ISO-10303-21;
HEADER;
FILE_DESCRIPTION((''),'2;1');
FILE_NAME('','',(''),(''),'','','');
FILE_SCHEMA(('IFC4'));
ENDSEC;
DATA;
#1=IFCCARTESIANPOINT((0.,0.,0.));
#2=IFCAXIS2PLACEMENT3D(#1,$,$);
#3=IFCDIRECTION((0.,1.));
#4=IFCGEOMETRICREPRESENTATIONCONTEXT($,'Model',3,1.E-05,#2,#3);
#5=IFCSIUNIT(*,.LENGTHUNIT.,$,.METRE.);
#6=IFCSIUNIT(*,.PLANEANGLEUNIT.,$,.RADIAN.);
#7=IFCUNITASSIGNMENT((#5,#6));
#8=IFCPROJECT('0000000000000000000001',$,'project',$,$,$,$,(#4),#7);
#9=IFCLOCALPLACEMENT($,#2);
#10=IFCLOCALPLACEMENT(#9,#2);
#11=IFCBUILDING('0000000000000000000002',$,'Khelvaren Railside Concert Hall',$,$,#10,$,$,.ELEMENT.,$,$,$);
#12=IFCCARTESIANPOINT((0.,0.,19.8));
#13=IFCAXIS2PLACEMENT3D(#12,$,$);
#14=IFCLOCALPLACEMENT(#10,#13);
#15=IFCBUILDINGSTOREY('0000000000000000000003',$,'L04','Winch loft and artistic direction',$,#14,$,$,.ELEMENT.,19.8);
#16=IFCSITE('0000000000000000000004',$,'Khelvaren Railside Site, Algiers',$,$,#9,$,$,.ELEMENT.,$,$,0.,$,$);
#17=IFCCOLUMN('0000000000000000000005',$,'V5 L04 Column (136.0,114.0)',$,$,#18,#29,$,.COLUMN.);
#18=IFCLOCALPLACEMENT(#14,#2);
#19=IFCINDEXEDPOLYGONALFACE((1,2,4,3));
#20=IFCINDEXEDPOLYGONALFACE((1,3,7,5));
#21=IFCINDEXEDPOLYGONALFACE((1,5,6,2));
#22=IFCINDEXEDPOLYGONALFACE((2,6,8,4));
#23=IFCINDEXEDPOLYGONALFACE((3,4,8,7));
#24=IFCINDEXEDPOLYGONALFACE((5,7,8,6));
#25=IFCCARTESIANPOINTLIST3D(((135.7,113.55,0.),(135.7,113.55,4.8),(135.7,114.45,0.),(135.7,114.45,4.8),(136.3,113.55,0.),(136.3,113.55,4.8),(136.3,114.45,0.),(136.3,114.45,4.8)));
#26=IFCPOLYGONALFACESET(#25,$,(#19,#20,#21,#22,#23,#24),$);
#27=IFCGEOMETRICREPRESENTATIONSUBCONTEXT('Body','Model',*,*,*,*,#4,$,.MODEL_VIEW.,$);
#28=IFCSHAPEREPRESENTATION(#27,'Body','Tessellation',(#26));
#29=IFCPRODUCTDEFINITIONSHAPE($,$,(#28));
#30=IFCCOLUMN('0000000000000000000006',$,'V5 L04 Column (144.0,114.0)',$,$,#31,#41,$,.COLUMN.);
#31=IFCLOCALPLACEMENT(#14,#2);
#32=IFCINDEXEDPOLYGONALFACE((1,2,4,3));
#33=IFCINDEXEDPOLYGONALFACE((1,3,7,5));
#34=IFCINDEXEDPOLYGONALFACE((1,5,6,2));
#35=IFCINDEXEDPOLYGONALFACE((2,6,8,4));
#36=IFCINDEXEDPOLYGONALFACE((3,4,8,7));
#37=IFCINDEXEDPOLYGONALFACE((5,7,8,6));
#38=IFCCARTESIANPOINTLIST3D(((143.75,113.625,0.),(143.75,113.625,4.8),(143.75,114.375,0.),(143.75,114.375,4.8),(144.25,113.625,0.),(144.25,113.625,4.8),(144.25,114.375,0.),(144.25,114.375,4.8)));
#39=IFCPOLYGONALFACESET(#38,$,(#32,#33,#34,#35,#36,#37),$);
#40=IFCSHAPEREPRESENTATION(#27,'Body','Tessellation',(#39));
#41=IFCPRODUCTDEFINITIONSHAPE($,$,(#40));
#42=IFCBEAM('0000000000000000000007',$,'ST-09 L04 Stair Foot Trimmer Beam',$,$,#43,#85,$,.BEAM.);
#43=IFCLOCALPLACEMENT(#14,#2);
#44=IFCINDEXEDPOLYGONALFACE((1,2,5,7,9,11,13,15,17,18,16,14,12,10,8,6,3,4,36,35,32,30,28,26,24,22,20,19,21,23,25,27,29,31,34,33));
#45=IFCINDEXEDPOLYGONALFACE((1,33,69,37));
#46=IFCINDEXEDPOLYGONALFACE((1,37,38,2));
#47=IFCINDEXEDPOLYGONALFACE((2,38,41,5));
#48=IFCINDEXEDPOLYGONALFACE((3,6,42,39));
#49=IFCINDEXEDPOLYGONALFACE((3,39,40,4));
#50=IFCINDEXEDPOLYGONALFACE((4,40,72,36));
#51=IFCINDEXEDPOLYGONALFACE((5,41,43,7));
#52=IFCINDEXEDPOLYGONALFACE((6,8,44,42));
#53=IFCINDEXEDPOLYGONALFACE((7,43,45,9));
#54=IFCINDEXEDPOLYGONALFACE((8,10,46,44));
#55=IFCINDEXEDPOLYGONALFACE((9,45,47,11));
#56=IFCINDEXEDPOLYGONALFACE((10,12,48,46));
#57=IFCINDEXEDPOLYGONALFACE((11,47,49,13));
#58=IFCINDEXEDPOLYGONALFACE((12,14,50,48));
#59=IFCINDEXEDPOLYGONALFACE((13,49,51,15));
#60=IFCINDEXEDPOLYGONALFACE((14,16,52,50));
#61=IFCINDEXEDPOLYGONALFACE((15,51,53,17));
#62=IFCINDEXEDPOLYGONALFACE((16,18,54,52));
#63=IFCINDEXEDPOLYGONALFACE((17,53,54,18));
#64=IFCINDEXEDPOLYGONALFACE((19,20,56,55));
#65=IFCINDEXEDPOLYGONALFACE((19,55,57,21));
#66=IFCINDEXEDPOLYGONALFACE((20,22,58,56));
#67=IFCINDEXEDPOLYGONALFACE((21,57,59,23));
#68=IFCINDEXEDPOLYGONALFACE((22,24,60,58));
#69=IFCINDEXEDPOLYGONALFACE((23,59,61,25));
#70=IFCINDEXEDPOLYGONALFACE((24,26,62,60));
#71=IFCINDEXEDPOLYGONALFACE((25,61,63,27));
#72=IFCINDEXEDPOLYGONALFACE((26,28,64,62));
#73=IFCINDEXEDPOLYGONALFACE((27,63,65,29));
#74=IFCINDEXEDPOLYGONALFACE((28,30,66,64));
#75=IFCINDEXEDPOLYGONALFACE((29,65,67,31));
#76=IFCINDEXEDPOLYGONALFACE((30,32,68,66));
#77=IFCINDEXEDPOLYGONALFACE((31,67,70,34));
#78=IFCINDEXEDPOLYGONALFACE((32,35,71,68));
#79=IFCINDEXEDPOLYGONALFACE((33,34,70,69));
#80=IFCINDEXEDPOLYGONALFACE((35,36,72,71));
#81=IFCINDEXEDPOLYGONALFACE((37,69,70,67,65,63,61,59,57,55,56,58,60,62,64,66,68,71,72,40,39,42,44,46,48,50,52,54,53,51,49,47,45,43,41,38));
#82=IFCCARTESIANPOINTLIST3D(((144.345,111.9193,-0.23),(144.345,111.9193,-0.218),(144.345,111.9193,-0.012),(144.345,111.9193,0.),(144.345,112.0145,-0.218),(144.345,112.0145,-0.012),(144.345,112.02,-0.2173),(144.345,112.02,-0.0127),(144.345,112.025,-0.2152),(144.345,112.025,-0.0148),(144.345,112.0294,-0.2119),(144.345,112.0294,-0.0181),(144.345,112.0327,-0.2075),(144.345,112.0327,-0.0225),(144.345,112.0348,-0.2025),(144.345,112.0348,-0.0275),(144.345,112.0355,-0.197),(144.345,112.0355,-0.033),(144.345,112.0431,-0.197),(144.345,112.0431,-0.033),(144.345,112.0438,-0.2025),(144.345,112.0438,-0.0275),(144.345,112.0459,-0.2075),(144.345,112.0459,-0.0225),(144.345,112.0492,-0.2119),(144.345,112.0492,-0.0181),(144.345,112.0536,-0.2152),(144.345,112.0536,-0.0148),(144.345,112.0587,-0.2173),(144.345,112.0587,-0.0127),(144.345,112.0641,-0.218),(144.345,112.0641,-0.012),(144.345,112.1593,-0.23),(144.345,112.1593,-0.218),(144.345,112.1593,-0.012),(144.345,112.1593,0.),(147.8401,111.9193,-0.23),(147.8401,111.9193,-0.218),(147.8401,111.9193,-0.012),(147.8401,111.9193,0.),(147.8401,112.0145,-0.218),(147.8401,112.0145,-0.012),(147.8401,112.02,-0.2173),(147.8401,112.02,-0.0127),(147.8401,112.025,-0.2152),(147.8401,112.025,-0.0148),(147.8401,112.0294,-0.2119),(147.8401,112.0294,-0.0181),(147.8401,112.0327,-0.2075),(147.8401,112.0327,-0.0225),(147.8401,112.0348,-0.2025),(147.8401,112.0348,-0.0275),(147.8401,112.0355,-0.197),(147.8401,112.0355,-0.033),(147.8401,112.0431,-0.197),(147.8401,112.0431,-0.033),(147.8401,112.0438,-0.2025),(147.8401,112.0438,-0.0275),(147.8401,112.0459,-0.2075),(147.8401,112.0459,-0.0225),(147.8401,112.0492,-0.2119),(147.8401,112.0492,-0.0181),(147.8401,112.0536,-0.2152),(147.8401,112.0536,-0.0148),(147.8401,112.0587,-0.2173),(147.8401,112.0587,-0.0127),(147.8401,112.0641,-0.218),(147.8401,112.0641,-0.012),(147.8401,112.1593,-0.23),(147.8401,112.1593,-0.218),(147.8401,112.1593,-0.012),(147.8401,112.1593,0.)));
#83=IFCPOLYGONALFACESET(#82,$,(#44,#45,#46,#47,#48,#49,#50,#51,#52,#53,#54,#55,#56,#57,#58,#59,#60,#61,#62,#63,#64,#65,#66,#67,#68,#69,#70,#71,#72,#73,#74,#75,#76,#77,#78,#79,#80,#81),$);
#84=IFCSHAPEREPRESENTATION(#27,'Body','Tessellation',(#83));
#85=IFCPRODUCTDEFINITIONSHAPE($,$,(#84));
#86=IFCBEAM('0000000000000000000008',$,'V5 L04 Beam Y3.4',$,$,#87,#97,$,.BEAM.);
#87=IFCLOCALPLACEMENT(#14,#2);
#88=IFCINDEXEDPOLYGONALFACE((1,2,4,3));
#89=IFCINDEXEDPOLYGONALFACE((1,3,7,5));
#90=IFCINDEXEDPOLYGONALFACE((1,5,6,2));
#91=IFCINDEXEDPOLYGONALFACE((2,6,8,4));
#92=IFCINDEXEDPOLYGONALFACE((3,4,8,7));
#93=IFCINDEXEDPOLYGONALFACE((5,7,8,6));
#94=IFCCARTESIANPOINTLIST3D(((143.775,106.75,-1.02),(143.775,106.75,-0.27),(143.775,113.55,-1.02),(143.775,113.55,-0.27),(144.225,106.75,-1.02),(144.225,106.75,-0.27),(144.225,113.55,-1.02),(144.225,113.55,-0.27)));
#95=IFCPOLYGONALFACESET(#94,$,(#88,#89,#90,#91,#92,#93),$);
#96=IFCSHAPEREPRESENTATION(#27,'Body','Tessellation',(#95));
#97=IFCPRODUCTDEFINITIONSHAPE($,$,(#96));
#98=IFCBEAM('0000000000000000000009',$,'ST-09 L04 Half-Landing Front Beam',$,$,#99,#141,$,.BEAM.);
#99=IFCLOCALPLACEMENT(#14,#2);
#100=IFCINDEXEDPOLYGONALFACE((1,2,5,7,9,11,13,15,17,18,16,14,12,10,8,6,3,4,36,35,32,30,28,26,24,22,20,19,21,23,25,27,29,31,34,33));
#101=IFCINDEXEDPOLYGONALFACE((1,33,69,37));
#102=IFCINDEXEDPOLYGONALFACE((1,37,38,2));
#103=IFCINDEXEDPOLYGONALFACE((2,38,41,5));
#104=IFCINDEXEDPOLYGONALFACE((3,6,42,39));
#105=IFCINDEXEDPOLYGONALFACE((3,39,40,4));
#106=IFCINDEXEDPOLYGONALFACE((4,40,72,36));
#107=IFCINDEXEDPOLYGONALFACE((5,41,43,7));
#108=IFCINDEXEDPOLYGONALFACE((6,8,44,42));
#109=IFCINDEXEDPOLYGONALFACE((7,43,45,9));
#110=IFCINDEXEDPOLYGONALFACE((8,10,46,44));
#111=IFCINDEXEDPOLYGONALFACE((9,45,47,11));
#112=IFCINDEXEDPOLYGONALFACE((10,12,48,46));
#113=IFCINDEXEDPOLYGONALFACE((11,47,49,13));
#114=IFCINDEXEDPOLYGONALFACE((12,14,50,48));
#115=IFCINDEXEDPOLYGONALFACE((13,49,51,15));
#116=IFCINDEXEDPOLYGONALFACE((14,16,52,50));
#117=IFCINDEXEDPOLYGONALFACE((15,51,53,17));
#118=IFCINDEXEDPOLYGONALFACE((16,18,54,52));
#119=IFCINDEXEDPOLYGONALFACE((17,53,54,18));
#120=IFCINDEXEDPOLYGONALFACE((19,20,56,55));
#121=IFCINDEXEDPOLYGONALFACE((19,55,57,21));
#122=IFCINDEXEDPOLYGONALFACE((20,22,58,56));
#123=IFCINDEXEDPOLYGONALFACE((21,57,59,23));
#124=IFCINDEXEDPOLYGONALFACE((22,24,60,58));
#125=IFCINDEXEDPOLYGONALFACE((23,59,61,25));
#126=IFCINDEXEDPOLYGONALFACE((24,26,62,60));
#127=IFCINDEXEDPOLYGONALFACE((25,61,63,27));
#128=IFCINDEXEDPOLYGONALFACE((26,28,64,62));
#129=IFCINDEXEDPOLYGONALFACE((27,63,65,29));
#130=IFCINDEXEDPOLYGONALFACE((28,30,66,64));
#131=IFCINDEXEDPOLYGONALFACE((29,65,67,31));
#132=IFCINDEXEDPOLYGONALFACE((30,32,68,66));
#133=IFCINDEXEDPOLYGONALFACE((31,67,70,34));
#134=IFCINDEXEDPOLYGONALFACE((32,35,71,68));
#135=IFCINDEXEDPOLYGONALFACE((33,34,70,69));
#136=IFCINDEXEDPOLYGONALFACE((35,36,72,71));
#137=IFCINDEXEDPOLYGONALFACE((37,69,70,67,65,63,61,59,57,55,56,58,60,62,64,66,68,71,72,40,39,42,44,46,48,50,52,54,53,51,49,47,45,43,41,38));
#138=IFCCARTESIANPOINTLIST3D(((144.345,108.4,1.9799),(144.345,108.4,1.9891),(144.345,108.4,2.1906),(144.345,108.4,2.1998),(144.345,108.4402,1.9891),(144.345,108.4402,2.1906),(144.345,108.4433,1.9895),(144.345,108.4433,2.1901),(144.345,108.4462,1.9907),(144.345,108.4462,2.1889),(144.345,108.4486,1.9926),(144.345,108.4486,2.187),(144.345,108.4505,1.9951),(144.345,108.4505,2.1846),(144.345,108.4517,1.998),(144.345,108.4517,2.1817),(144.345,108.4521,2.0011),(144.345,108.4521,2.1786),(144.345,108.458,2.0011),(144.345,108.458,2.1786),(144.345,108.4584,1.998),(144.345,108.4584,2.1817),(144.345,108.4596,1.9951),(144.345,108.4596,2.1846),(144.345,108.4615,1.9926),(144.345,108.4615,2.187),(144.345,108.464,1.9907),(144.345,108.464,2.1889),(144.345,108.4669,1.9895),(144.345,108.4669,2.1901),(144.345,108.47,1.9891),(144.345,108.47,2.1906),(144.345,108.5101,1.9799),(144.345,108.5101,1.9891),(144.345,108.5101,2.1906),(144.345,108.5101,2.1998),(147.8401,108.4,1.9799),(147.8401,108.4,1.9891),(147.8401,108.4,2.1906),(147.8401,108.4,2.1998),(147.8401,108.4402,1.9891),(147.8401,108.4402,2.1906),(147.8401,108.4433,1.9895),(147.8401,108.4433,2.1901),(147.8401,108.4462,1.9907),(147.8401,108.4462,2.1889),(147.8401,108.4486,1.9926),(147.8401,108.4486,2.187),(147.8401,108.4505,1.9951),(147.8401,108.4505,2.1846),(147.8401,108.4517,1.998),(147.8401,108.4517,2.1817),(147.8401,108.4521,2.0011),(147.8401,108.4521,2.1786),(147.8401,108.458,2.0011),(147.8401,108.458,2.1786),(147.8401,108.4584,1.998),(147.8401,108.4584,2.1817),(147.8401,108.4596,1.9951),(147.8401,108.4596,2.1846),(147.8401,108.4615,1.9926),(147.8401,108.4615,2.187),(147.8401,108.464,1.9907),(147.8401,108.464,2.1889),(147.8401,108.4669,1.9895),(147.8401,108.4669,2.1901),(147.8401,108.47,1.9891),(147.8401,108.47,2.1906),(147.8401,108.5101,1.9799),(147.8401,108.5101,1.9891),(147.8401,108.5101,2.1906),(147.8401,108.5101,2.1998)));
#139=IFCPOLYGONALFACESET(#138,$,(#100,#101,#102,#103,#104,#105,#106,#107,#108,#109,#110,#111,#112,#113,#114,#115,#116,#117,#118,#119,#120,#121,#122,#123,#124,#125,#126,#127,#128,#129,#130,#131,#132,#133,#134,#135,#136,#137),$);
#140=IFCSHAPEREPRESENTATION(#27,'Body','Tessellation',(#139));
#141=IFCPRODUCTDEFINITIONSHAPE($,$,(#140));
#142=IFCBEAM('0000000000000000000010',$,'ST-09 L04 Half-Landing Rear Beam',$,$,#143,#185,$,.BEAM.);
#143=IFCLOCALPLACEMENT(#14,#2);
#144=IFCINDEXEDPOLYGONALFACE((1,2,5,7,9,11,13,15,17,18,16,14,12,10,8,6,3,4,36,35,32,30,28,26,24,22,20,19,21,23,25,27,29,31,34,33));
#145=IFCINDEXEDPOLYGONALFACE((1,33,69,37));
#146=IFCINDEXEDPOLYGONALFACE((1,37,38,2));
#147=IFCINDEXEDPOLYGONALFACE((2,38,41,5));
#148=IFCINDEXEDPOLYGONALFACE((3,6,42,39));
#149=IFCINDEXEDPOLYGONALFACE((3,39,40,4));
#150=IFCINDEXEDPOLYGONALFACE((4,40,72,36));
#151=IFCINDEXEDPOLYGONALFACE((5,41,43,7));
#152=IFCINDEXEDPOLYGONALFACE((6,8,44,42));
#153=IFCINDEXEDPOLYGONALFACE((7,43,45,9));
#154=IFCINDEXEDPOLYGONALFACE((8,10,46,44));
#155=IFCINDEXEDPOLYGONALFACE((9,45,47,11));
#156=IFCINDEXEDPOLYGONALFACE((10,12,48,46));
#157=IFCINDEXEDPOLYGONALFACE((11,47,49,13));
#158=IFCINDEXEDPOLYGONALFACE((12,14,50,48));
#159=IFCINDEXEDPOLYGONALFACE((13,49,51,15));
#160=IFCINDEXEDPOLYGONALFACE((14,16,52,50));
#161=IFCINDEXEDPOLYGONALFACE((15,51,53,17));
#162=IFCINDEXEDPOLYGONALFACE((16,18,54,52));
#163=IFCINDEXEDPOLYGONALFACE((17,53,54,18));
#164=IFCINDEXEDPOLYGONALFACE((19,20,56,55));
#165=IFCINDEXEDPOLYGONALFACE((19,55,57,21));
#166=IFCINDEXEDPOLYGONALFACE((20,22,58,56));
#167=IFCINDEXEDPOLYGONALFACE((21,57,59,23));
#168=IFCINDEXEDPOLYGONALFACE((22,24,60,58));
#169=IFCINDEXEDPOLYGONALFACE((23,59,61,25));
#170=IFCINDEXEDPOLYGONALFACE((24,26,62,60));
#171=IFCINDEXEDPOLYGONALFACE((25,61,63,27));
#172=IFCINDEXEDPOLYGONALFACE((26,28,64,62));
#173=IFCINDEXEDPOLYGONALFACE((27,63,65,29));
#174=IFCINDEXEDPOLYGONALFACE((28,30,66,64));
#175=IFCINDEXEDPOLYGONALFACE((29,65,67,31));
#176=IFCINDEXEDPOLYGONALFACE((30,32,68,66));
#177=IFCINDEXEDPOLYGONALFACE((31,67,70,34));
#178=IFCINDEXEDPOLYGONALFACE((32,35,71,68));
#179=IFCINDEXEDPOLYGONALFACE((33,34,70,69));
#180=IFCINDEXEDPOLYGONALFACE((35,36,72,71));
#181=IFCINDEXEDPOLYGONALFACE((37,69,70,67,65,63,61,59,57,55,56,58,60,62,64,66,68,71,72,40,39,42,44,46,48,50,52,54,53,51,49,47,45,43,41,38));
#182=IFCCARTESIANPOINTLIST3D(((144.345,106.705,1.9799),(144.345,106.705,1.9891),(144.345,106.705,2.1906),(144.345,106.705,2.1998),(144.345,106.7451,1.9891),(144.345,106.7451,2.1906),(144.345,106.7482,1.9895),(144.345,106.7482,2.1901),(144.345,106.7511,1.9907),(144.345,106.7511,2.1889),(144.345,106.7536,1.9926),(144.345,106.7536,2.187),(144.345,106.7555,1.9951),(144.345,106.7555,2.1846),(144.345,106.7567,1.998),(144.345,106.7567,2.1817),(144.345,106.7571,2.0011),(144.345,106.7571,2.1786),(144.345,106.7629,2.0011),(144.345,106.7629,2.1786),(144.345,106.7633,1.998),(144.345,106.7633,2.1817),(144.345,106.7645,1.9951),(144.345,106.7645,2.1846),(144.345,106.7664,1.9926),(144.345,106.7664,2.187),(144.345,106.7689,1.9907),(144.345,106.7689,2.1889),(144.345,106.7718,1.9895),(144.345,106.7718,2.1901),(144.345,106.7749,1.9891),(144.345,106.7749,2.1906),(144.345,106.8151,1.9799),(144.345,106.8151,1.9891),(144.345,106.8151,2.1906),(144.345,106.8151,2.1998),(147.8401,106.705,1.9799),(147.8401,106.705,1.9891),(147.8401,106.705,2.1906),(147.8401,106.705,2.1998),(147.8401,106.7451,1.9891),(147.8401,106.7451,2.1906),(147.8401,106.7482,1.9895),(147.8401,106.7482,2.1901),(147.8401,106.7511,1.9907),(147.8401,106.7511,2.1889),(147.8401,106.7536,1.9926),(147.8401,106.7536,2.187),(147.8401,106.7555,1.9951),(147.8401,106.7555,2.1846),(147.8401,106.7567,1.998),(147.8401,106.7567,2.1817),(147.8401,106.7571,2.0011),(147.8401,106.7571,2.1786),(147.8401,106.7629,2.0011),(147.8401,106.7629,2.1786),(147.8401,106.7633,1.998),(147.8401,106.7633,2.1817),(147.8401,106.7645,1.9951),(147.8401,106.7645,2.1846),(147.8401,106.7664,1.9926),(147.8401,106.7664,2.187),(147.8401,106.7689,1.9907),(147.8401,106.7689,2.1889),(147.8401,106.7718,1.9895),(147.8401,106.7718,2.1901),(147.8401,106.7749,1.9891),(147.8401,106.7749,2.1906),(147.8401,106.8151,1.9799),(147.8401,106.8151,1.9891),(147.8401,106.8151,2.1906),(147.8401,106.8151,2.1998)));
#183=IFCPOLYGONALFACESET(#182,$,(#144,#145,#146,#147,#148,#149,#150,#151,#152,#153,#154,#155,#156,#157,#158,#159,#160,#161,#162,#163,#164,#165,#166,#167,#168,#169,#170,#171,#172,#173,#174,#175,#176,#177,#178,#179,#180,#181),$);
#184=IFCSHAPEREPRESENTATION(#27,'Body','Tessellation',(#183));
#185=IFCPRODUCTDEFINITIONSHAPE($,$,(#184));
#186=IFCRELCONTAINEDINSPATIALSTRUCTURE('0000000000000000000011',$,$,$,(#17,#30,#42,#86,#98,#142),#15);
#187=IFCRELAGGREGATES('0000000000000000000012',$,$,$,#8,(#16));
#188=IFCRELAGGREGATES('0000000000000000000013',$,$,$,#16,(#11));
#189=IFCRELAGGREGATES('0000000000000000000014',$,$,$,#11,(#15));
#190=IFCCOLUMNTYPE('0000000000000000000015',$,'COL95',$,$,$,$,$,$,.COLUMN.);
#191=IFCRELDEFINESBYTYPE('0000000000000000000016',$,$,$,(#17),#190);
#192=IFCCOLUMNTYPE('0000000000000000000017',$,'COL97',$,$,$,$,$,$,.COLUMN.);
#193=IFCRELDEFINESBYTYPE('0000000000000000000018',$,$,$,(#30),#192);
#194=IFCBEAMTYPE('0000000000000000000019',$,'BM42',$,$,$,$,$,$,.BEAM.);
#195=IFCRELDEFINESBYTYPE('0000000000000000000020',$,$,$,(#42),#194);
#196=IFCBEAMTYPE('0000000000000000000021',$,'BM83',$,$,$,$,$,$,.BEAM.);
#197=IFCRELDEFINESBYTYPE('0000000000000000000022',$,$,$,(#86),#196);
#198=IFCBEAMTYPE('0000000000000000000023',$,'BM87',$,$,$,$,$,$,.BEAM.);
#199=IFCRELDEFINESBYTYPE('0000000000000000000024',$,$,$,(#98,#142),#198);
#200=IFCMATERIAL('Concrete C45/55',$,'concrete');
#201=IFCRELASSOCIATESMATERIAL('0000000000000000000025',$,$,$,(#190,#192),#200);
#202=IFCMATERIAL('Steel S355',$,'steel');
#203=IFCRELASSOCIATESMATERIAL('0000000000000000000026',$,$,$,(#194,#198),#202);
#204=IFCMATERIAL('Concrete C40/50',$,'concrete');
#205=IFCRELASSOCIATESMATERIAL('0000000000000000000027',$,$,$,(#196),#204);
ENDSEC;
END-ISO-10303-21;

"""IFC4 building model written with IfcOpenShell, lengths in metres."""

from ifc_helpers import new_model, si_unit, direction, frame, origin, origin_2d, place, context, subcontext, project, spatial, rectangle, i_section, extrude, material, material_profile, profile_set, type_object, element, save


model = new_model("IFC4")

# Units and contexts
model_context = context("Model", 3, precision=1e-05, world=origin(), true_north=direction((0.0, 1.0)))
body_context = subcontext(model_context, "Body", "Model", "MODEL_VIEW")
ifc_project = project(units=[si_unit("LENGTHUNIT", "METRE"), si_unit("PLANEANGLEUNIT", "RADIAN")], contexts=[model_context])

# Site, building, storey
site_placement = place(None, origin())
site = spatial("IfcSite", under=ifc_project, at=site_placement, Name="Khelvaren Railside Site, Algiers", CompositionType="ELEMENT", RefElevation=0.0)
building_placement = place(site_placement, origin())
building = spatial("IfcBuilding", under=site, at=building_placement, Name="Khelvaren Railside Concert Hall", CompositionType="ELEMENT")
storey_placement = place(building_placement, frame((0.0, 0.0, 19.8)))
storey = spatial("IfcBuildingStorey", under=building, at=storey_placement, Name="L04", Description="Winch loft and artistic direction", CompositionType="ELEMENT", Elevation=19.8)

# Columns
ifc_material_1 = material(Name="Concrete C45/55", Category="concrete")
ifc_material_profile_1 = material_profile(ifc_material_1, rectangle(XDim=0.6001, YDim=0.8999, at=origin_2d()), Name="RC 600x900")
ifc_profile_set_1 = profile_set([ifc_material_profile_1], Name="Concrete C45/55")
column_type_1 = type_object("IfcColumnType", Name="COL95", PredefinedType="COLUMN", material=ifc_profile_set_1)
column_1_placement = place(storey_placement, frame((136.0, 114.0, 0.0), z_axis=(0.0, 0.0, 1.0), x_axis=(1.0, 0.0, 0.0)))
element("IfcColumn", 1, at=column_1_placement, inside=storey, type_object=column_type_1, Name="V5 L04 Column (136.0,114.0)", PredefinedType="COLUMN", context=body_context, shape_type="SweptSolid", body=[
    extrude(rectangle(XDim=0.6001, YDim=0.8999, at=origin_2d()), origin(), (0.0, 0.0, 1.0), 4.8),
])
ifc_material_profile_2 = material_profile(ifc_material_1, rectangle(XDim=0.5, YDim=0.75, at=origin_2d()), Name="RC 500x750")
ifc_profile_set_2 = profile_set([ifc_material_profile_2], Name="Concrete C45/55")
column_type_2 = type_object("IfcColumnType", Name="COL97", PredefinedType="COLUMN", material=ifc_profile_set_2)
column_2_placement = place(storey_placement, frame((144.0, 114.0, 0.0), z_axis=(0.0, 0.0, 1.0), x_axis=(1.0, 0.0, 0.0)))
element("IfcColumn", 2, at=column_2_placement, inside=storey, type_object=column_type_2, Name="V5 L04 Column (144.0,114.0)", PredefinedType="COLUMN", context=body_context, shape_type="SweptSolid", body=[
    extrude(rectangle(XDim=0.5, YDim=0.75, at=origin_2d()), origin(), (0.0, 0.0, 1.0), 4.8),
])

# Beams
ifc_material_2 = material(Name="Steel S355", Category="steel")
ifc_material_profile_3 = material_profile(ifc_material_2, i_section(OverallWidth=0.24, OverallDepth=0.23, WebThickness=0.0076, FlangeThickness=0.012, FilletRadius=0.021, at=origin_2d()), Name="HEA 240")
ifc_profile_set_3 = profile_set([ifc_material_profile_3], Name="Steel S355")
beam_type_1 = type_object("IfcBeamType", Name="BM42", PredefinedType="BEAM", material=ifc_profile_set_3)
beam_1_placement = place(storey_placement, frame((144.345, 112.0393, -0.115), z_axis=(1.0, 0.0, 0.0), x_axis=(0.0, 1.0, 0.0)))
element("IfcBeam", 3, at=beam_1_placement, inside=storey, type_object=beam_type_1, Name="ST-09 L04 Stair Foot Trimmer Beam", PredefinedType="BEAM", context=body_context, shape_type="SweptSolid", body=[
    extrude(i_section(OverallWidth=0.24, OverallDepth=0.23, WebThickness=0.0076, FlangeThickness=0.012, FilletRadius=0.021, at=origin_2d()), origin(), (0.0, 0.0, 1.0), 3.4951),
])
ifc_material_3 = material(Name="Concrete C40/50", Category="concrete")
ifc_material_profile_4 = material_profile(ifc_material_3, rectangle(XDim=0.45, YDim=0.75, at=origin_2d()), Name="RCB 450x750")
ifc_profile_set_4 = profile_set([ifc_material_profile_4], Name="Concrete C40/50")
beam_type_2 = type_object("IfcBeamType", Name="BM83", PredefinedType="BEAM", material=ifc_profile_set_4)
beam_2_placement = place(storey_placement, frame((144.0, 106.75, -0.645), z_axis=(0.0, 1.0, 0.0), x_axis=(-1.0, 0.0, 0.0)))
element("IfcBeam", 4, at=beam_2_placement, inside=storey, type_object=beam_type_2, Name="V5 L04 Beam Y3.4", PredefinedType="BEAM", context=body_context, shape_type="SweptSolid", body=[
    extrude(rectangle(XDim=0.45, YDim=0.75, at=origin_2d()), origin(), (0.0, 0.0, 1.0), 6.8),
])
ifc_material_profile_5 = material_profile(ifc_material_2, i_section(OverallWidth=0.1101, OverallDepth=0.22, WebThickness=0.0059, FlangeThickness=0.0093, FilletRadius=0.012, at=origin_2d()), Name="IPE 220")
ifc_profile_set_5 = profile_set([ifc_material_profile_5], Name="Steel S355")
beam_type_3 = type_object("IfcBeamType", Name="BM87", PredefinedType="BEAM", material=ifc_profile_set_5)
for number, where, z_axis, x_axis, name in (
    (5, (144.345, 108.4551, 2.0898), (1.0, 0.0, 0.0), (0.0, 1.0, 0.0), "ST-09 L04 Half-Landing Front Beam"),
    (6, (144.345, 106.76, 2.0898), (1.0, 0.0, 0.0), (0.0, 1.0, 0.0), "ST-09 L04 Half-Landing Rear Beam"),
):
    element("IfcBeam", number, at=place(storey_placement, frame(where, z_axis=z_axis, x_axis=x_axis)), inside=storey, type_object=beam_type_3, Name=name, PredefinedType="BEAM", context=body_context, shape_type="SweptSolid", body=[
        extrude(i_section(OverallWidth=0.1101, OverallDepth=0.22, WebThickness=0.0059, FlangeThickness=0.0093, FilletRadius=0.012, at=origin_2d()), origin(), (0.0, 0.0, 1.0), 3.4951),
    ])

save(model, "model.ifc")
